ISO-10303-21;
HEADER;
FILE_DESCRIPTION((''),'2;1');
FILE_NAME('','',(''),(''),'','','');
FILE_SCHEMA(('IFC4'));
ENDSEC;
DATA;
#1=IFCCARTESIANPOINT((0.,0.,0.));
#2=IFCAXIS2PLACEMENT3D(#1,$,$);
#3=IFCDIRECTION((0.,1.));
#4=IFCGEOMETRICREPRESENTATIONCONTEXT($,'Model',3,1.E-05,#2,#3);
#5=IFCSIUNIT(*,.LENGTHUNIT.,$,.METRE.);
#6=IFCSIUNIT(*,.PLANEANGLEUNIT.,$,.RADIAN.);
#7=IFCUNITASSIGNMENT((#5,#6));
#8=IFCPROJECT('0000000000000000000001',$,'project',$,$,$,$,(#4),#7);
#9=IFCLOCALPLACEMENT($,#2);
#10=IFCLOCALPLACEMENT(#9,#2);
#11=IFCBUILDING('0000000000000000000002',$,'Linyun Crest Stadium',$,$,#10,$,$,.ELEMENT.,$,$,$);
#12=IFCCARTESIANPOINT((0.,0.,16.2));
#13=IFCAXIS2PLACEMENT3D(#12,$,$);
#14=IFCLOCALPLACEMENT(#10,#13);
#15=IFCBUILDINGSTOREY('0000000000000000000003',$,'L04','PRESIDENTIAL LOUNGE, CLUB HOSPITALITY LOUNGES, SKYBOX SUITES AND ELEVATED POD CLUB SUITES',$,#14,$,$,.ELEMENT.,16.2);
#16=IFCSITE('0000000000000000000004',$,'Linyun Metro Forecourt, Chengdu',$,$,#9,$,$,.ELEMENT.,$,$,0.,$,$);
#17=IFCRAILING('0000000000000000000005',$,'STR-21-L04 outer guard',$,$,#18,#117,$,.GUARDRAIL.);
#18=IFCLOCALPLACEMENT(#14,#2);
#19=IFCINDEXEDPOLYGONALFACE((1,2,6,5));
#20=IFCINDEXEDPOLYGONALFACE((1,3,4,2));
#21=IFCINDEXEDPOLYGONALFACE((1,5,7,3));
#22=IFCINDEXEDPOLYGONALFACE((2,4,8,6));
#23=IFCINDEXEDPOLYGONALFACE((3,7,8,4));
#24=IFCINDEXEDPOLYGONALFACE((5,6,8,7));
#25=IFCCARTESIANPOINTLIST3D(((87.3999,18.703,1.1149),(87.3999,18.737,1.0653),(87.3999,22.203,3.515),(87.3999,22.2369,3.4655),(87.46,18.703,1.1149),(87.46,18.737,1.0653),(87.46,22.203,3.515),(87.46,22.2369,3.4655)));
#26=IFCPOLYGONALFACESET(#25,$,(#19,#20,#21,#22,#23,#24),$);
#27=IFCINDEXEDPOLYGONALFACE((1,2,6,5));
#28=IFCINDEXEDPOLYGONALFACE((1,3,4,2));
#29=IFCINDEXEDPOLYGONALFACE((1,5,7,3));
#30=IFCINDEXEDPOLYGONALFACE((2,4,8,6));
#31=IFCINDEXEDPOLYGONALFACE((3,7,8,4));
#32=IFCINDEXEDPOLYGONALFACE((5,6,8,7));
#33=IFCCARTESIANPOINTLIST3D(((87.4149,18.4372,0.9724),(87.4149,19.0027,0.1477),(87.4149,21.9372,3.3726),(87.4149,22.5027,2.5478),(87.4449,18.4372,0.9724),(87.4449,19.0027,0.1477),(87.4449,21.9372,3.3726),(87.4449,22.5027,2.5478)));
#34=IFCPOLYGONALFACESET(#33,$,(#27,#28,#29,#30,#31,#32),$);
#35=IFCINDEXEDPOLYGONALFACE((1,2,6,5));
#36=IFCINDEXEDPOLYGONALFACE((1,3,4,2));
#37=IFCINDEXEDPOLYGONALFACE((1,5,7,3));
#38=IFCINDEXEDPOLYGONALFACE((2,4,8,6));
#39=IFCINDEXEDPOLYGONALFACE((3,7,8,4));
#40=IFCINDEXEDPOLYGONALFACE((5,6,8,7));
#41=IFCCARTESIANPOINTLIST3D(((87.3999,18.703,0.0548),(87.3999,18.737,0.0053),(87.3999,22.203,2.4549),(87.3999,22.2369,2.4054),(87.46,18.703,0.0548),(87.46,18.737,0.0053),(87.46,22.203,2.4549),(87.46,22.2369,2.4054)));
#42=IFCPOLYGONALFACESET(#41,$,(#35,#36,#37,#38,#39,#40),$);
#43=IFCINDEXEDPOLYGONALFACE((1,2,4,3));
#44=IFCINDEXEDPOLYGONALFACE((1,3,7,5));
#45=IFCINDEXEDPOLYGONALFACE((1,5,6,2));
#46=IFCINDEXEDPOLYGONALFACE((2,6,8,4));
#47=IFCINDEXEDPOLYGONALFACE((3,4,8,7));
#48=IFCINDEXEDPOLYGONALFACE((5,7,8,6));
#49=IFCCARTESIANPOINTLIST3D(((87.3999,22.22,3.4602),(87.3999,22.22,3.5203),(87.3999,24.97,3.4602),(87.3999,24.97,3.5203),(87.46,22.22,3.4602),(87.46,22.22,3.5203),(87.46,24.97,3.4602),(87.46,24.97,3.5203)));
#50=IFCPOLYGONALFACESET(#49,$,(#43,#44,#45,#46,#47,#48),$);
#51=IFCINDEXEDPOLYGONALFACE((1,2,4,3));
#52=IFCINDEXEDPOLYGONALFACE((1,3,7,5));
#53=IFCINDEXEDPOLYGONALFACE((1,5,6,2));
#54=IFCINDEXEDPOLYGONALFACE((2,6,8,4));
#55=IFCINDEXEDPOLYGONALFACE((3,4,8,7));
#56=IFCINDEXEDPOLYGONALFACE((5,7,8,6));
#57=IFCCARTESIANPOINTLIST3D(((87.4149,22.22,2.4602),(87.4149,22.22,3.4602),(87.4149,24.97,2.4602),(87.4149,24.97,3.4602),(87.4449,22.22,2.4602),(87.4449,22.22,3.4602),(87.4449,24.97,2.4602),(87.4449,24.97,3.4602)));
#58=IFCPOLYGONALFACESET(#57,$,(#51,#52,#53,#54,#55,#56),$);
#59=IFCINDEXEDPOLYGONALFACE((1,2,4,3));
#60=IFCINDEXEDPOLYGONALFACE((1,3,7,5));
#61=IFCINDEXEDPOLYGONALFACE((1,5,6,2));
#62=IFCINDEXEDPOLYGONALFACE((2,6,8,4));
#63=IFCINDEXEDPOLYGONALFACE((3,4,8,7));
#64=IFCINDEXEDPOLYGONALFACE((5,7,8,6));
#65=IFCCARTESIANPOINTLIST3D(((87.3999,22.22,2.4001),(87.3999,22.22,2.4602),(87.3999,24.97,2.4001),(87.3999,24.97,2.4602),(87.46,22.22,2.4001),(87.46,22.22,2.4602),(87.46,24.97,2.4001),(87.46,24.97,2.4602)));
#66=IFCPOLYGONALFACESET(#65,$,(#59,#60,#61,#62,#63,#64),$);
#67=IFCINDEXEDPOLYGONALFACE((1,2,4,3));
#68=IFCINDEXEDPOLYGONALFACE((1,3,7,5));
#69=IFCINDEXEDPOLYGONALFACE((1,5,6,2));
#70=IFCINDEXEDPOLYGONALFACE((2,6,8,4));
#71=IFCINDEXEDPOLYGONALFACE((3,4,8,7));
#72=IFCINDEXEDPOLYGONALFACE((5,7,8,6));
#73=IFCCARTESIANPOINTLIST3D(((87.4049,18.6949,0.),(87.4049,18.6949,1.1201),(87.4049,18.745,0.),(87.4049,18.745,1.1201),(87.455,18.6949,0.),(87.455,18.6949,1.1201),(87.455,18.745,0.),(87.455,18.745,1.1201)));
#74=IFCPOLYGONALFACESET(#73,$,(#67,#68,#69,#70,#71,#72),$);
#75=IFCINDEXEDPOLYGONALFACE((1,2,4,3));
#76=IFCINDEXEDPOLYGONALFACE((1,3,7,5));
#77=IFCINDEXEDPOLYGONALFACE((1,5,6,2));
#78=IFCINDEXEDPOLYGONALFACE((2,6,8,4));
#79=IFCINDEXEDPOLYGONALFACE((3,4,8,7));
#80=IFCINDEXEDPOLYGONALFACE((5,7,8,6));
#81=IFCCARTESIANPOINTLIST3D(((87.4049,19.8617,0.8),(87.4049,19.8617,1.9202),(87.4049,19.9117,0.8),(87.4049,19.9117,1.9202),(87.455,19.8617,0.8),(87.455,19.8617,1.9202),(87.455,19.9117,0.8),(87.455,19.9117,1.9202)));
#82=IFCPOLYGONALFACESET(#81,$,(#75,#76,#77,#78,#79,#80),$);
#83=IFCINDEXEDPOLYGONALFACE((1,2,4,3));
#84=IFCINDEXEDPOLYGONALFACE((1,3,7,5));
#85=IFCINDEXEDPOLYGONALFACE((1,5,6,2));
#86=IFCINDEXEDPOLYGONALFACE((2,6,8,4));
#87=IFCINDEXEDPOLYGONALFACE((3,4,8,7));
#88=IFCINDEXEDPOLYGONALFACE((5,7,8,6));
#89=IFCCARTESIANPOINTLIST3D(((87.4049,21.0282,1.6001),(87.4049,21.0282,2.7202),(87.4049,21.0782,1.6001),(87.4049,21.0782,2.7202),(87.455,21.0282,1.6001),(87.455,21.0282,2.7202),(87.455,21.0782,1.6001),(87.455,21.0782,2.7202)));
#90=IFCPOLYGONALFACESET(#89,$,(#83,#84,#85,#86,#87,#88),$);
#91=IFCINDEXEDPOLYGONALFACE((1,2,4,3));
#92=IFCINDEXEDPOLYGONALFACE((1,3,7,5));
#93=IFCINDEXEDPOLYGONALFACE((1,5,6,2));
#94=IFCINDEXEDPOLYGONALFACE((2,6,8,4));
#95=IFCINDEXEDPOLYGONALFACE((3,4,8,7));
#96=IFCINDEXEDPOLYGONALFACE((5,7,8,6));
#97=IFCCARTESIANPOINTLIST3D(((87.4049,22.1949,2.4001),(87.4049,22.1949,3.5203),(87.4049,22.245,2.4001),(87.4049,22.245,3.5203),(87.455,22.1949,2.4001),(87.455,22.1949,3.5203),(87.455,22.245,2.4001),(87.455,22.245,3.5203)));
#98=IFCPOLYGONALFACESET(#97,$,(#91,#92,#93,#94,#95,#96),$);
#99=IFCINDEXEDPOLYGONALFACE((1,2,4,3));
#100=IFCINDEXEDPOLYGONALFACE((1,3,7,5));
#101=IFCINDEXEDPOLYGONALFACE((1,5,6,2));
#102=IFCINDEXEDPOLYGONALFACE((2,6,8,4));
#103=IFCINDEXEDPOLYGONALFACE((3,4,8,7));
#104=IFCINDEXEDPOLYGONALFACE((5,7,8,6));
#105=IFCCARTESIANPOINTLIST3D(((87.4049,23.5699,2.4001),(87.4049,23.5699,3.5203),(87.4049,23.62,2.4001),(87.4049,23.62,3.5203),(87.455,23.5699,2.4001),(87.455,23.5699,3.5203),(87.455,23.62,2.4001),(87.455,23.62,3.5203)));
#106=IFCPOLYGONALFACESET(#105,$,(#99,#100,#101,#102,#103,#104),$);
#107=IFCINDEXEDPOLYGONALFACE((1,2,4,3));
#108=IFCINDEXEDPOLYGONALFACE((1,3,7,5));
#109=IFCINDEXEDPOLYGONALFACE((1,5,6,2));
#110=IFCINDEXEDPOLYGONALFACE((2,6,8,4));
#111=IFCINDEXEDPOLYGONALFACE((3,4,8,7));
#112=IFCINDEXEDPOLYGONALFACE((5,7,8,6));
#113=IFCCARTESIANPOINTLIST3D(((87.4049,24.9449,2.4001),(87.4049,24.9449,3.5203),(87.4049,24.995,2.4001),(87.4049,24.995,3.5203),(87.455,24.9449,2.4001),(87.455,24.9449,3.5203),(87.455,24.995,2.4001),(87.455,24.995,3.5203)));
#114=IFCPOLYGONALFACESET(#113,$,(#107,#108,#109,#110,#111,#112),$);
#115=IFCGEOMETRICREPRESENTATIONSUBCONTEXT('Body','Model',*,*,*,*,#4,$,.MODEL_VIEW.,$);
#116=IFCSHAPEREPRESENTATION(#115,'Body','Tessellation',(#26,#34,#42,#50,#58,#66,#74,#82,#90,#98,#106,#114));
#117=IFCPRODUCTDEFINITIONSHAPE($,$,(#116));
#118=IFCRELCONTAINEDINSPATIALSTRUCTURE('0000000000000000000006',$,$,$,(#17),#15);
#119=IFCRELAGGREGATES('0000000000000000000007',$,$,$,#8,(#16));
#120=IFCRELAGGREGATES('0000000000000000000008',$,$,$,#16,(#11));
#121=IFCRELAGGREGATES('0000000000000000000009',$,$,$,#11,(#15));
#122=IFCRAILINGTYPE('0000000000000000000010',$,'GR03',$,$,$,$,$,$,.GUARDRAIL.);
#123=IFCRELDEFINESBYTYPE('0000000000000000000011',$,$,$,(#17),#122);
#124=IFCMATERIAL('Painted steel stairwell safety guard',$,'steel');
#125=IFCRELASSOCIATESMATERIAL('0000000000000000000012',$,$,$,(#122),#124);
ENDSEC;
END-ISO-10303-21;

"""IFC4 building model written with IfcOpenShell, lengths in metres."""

from ifc_helpers import new_model, si_unit, direction, frame, origin, origin_2d, place, context, subcontext, project, spatial, rectangle, extrude, material, type_object, element, save


model = new_model("IFC4")

# Units and contexts
model_context = context("Model", 3, precision=1e-05, world=origin(), true_north=direction((0.0, 1.0)))
body_context = subcontext(model_context, "Body", "Model", "MODEL_VIEW")
ifc_project = project(units=[si_unit("LENGTHUNIT", "METRE"), si_unit("PLANEANGLEUNIT", "RADIAN")], contexts=[model_context])

# Site, building, storey
site_placement = place(None, origin())
site = spatial("IfcSite", under=ifc_project, at=site_placement, Name="Linyun Metro Forecourt, Chengdu", CompositionType="ELEMENT", RefElevation=0.0)
building_placement = place(site_placement, origin())
building = spatial("IfcBuilding", under=site, at=building_placement, Name="Linyun Crest Stadium", CompositionType="ELEMENT")
storey_placement = place(building_placement, frame((0.0, 0.0, 16.2)))
storey = spatial("IfcBuildingStorey", under=building, at=storey_placement, Name="L04", Description="PRESIDENTIAL LOUNGE, CLUB HOSPITALITY LOUNGES, SKYBOX SUITES AND ELEVATED POD CLUB SUITES", CompositionType="ELEMENT", Elevation=16.2)

# Railing
ifc_material_1 = material(Name="Painted steel stairwell safety guard", Category="steel")
railing_type_1 = type_object("IfcRailingType", Name="GR03", PredefinedType="GUARDRAIL", material=ifc_material_1)
railing_1_placement = place(storey_placement, frame((87.4299, 18.72, 0.0)))
element("IfcRailing", 1, at=railing_1_placement, inside=storey, type_object=railing_type_1, Name="STR-21-L04 outer guard", PredefinedType="GUARDRAIL", context=body_context, shape_type="SweptSolid", body=[
    extrude(rectangle(XDim=0.0601, YDim=0.0601, at=origin_2d()), frame((0.0, 0.0, 1.0901), z_axis=(0.0, 0.824713, 0.565552), x_axis=(-1.0, 0.0, 0.0)), (0.0, 0.0, 1.0), 4.2439),
    extrude(rectangle(XDim=0.03, YDim=1.0, at=origin_2d()), frame((0.0, 0.0, 0.5601), z_axis=(0.0, 0.824713, 0.565552), x_axis=(-1.0, 0.0, 0.0)), (0.0, 0.0, 1.0), 4.2439),
    extrude(rectangle(XDim=0.0601, YDim=0.0601, at=origin_2d()), frame((0.0, 0.0, 0.03), z_axis=(0.0, 0.824713, 0.565552), x_axis=(-1.0, 0.0, 0.0)), (0.0, 0.0, 1.0), 4.2439),
    extrude(rectangle(XDim=0.0601, YDim=0.0601, at=origin_2d()), frame((0.0, 3.5, 3.4902), z_axis=(0.0, 1.0, 0.0), x_axis=(-1.0, 0.0, 0.0)), (0.0, 0.0, 1.0), 2.75),
    extrude(rectangle(XDim=0.03, YDim=1.0, at=origin_2d()), frame((0.0, 3.5, 2.9602), z_axis=(0.0, 1.0, 0.0), x_axis=(-1.0, 0.0, 0.0)), (0.0, 0.0, 1.0), 2.75),
    extrude(rectangle(XDim=0.0601, YDim=0.0601, at=origin_2d()), frame((0.0, 3.5, 2.4302), z_axis=(0.0, 1.0, 0.0), x_axis=(-1.0, 0.0, 0.0)), (0.0, 0.0, 1.0), 2.75),
    extrude(rectangle(XDim=0.05, YDim=0.05, at=origin_2d()), origin(), (0.0, 0.0, 1.0), 1.1201),
    extrude(rectangle(XDim=0.05, YDim=0.05, at=origin_2d()), frame((0.0, 1.1667, 0.8)), (0.0, 0.0, 1.0), 1.1201),
    extrude(rectangle(XDim=0.05, YDim=0.05, at=origin_2d()), frame((0.0, 2.3333, 1.6001)), (0.0, 0.0, 1.0), 1.1201),
    extrude(rectangle(XDim=0.05, YDim=0.05, at=origin_2d()), frame((0.0, 3.5, 2.4001)), (0.0, 0.0, 1.0), 1.1201),
    extrude(rectangle(XDim=0.05, YDim=0.05, at=origin_2d()), frame((0.0, 4.875, 2.4001)), (0.0, 0.0, 1.0), 1.1201),
    extrude(rectangle(XDim=0.05, YDim=0.05, at=origin_2d()), frame((0.0, 6.25, 2.4001)), (0.0, 0.0, 1.0), 1.1201),
])

save(model, "model.ifc")
